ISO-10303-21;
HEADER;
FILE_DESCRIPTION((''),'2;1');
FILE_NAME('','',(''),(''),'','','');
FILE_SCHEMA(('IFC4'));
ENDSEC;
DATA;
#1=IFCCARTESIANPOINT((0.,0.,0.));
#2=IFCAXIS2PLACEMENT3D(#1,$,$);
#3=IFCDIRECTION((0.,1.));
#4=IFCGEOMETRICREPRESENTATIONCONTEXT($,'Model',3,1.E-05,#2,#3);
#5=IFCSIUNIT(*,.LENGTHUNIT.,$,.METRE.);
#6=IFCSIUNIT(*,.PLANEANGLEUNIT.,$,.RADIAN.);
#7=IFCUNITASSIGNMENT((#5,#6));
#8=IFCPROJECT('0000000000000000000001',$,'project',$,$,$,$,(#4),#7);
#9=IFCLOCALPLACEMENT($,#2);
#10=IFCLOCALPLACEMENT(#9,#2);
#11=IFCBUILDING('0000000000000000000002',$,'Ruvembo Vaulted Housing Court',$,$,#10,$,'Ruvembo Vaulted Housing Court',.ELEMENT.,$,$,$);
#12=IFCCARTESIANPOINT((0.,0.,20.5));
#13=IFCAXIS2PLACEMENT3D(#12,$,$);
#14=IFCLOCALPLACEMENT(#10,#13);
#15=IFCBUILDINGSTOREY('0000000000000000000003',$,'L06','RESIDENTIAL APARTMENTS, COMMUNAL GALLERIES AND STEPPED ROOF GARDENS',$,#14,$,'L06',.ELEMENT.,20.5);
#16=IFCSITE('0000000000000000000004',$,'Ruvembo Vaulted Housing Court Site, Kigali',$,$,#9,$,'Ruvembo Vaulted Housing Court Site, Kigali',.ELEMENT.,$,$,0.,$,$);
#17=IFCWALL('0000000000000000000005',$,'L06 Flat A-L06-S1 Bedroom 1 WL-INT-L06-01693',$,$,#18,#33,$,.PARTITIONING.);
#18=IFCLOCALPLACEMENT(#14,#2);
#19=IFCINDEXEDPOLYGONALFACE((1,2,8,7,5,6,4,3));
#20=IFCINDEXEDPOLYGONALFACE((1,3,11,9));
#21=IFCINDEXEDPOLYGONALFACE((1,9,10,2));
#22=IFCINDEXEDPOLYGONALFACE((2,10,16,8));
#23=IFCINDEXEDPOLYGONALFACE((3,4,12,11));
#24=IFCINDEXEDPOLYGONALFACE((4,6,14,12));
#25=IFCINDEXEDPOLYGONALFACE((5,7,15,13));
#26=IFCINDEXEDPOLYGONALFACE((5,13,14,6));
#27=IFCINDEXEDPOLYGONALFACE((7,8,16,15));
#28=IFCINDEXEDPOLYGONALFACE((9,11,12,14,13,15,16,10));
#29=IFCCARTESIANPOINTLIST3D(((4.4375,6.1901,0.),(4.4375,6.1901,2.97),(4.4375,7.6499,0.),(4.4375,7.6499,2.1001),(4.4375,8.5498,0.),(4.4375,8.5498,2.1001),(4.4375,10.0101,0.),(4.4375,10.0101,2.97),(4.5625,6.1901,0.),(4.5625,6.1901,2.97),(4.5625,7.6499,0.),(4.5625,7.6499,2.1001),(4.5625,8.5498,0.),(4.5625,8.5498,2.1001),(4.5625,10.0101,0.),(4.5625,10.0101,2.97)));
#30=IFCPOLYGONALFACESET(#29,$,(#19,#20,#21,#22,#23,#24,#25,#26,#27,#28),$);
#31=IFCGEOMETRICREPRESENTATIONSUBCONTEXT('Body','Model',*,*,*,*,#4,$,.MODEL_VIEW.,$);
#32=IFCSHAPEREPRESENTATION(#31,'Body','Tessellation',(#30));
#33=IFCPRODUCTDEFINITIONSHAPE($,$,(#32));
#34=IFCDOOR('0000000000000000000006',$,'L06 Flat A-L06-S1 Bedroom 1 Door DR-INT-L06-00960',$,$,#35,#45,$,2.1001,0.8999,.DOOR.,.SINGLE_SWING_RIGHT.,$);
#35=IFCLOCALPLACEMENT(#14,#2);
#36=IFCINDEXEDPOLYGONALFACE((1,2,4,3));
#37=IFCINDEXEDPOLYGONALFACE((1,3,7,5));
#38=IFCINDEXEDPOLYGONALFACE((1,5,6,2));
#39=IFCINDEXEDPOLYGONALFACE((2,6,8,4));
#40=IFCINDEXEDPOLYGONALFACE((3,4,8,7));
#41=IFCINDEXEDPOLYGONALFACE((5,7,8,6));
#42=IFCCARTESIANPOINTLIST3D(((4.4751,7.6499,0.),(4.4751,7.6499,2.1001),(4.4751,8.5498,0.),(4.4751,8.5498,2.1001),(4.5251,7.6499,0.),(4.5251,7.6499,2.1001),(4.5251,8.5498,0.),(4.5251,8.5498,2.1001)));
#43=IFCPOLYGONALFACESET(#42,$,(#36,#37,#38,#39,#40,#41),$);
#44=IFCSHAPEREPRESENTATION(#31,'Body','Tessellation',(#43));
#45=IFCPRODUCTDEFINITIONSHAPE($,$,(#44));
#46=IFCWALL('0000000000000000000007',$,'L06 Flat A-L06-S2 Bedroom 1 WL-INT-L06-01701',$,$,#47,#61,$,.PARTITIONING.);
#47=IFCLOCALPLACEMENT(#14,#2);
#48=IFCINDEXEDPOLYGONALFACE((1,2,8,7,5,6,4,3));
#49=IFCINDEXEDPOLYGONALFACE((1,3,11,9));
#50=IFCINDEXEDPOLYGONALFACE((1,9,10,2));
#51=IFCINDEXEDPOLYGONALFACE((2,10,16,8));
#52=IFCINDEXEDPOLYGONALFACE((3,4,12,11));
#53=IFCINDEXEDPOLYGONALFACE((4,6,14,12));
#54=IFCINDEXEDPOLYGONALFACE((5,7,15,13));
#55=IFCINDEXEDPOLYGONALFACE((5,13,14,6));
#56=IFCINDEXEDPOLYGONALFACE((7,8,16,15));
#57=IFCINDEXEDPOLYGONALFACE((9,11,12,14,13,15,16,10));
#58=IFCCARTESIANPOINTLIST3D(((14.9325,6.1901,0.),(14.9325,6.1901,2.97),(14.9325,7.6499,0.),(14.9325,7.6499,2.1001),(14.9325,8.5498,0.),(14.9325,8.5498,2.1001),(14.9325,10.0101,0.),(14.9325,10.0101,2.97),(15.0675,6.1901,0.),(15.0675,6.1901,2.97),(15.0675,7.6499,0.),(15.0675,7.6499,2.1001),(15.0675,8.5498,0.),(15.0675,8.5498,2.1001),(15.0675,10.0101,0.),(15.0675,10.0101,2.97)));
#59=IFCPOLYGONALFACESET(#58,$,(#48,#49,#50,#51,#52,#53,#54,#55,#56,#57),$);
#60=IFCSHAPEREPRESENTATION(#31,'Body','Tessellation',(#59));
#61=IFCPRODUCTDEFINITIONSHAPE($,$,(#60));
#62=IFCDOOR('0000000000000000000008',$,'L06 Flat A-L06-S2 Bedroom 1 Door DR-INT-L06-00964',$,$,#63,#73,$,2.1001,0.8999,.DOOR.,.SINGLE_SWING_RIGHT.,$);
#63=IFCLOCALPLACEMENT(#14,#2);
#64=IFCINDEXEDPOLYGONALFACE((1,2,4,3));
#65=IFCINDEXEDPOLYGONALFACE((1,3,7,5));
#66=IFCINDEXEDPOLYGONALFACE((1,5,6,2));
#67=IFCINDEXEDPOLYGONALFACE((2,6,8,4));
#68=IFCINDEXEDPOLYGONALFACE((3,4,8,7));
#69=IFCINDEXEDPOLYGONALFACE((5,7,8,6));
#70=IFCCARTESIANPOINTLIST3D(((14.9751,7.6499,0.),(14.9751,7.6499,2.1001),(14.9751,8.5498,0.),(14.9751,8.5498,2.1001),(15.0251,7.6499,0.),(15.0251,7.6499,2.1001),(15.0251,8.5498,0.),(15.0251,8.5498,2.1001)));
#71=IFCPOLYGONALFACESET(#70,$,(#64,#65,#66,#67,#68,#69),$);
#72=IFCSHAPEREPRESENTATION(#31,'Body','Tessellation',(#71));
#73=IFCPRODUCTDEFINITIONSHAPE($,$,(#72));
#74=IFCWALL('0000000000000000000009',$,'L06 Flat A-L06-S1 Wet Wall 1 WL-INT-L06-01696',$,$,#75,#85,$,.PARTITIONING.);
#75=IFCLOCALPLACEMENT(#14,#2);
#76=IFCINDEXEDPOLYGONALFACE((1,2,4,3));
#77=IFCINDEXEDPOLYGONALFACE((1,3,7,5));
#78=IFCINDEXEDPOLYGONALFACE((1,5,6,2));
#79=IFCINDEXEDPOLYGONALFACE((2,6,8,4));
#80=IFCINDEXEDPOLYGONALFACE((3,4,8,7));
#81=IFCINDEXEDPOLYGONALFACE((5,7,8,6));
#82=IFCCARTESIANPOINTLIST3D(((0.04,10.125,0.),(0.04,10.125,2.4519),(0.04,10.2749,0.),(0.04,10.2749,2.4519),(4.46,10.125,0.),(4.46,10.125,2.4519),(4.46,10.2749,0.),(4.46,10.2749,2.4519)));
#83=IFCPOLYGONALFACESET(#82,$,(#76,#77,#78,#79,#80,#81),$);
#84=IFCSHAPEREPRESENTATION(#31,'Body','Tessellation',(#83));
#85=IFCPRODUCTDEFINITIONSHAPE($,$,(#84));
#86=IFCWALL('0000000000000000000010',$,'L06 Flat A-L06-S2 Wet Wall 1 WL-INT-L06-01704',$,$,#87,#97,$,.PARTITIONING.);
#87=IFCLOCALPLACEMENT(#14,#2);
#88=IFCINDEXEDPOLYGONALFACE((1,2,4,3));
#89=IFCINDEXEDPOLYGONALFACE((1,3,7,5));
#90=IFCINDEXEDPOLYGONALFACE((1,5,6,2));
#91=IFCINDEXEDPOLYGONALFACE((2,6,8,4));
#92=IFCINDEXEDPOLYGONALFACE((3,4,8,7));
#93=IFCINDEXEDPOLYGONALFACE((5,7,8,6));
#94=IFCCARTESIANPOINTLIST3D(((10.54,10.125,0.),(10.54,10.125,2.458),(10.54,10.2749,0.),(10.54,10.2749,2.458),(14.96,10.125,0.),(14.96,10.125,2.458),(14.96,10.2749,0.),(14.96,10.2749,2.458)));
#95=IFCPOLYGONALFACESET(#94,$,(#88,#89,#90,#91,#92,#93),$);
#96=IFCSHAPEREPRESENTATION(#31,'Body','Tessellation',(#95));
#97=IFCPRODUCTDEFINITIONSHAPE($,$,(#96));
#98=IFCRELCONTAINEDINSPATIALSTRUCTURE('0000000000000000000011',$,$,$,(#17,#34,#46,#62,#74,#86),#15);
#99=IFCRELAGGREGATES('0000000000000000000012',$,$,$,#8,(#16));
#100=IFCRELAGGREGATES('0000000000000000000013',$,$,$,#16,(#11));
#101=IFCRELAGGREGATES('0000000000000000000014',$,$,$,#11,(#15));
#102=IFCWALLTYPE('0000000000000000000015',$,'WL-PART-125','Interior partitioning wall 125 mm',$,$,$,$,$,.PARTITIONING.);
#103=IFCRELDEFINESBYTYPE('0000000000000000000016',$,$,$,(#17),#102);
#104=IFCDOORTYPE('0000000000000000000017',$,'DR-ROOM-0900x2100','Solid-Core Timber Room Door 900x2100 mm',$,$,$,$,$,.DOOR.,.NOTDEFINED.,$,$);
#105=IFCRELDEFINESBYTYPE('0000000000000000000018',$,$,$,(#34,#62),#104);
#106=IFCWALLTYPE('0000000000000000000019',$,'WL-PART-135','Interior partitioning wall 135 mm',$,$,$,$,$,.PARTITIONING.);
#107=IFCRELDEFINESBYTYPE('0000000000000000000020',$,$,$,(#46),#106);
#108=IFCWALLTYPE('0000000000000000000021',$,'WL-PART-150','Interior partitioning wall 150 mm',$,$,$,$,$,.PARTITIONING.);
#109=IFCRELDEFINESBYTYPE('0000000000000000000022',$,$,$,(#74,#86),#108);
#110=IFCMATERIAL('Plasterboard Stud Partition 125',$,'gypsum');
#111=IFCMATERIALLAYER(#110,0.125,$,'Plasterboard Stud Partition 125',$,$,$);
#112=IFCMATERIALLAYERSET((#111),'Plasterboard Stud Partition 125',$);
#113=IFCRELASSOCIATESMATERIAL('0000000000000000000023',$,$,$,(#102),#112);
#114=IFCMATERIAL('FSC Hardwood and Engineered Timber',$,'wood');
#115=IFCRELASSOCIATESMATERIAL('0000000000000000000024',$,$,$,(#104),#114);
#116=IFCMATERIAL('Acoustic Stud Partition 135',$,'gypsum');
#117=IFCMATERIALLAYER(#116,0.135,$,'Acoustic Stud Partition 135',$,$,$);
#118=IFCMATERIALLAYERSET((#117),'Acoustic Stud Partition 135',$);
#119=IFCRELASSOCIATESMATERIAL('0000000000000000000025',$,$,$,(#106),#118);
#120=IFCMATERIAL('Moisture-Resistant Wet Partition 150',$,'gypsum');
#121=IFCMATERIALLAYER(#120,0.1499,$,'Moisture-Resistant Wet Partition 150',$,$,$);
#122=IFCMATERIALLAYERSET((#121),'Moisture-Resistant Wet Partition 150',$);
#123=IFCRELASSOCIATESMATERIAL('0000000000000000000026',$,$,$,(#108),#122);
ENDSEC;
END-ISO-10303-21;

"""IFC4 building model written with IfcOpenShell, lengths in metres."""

from ifc_helpers import new_model, si_unit, direction, frame, frame_2d, origin, place, context, subcontext, project, spatial, rectangle, extrude, material, layer, layer_set, type_object, element, fill, save


model = new_model("IFC4")

# Units and contexts
model_context = context("Model", 3, precision=1e-05, world=origin(), true_north=direction((0.0, 1.0)))
body_context = subcontext(model_context, "Body", "Model", "MODEL_VIEW")
ifc_project = project(units=[si_unit("LENGTHUNIT", "METRE"), si_unit("PLANEANGLEUNIT", "RADIAN")], contexts=[model_context])

# Site, building, storey
site_placement = place(None, origin())
site = spatial("IfcSite", under=ifc_project, at=site_placement, Name="Ruvembo Vaulted Housing Court Site, Kigali", LongName="Ruvembo Vaulted Housing Court Site, Kigali", CompositionType="ELEMENT", RefElevation=0.0)
building_placement = place(site_placement, origin())
building = spatial("IfcBuilding", under=site, at=building_placement, Name="Ruvembo Vaulted Housing Court", LongName="Ruvembo Vaulted Housing Court", CompositionType="ELEMENT")
storey_placement = place(building_placement, frame((0.0, 0.0, 20.5)))
storey = spatial("IfcBuildingStorey", under=building, at=storey_placement, Name="L06", Description="RESIDENTIAL APARTMENTS, COMMUNAL GALLERIES AND STEPPED ROOF GARDENS", LongName="L06", CompositionType="ELEMENT", Elevation=20.5)

# Walls, openings, doors
ifc_material_1 = material(Name="Plasterboard Stud Partition 125", Category="gypsum")
ifc_layer_1 = layer(ifc_material_1, 0.125, Name="Plasterboard Stud Partition 125")
ifc_layer_set_1 = layer_set([ifc_layer_1], Name="Plasterboard Stud Partition 125")
wall_type_1 = type_object("IfcWallType", Name="WL-PART-125", Description="Interior partitioning wall 125 mm", PredefinedType="PARTITIONING", material=ifc_layer_set_1)
wall_1_placement = place(storey_placement, frame((4.5, 6.1899, 0.0), z_axis=(0.0, 0.0, 1.0), x_axis=(0.0, 1.0, 0.0)))
wall_1 = element("IfcWall", 1, at=wall_1_placement, inside=storey, type_object=wall_type_1, Name="L06 Flat A-L06-S1 Bedroom 1 WL-INT-L06-01693", PredefinedType="PARTITIONING", context=body_context, shape_type="SweptSolid", body=[
    extrude(rectangle(XDim=3.8201, YDim=0.125, at=frame_2d((1.9102, 0.0))), origin(), (0.0, 0.0, 1.0), 2.97),
])
opening_1_placement = place(wall_1_placement, frame((1.46, 0.0, 0.0)))
opening_1 = element("IfcOpeningElement", 2, at=opening_1_placement, cuts=wall_1, PredefinedType="OPENING", context=body_context, shape_type="SweptSolid", body=[
    extrude(rectangle(XDim=0.8999, YDim=2.1001, at=frame_2d((0.45, 1.05))), frame((0.0, 0.0725, 0.0), z_axis=(0.0, -1.0, 0.0), x_axis=(1.0, 0.0, 0.0)), (0.0, 0.0, 1.0), 0.145),
])
ifc_material_2 = material(Name="FSC Hardwood and Engineered Timber", Category="wood")
door_type = type_object("IfcDoorType", Name="DR-ROOM-0900x2100", Description="Solid-Core Timber Room Door 900x2100 mm", OperationType="NOTDEFINED", PredefinedType="DOOR", material=ifc_material_2)
door_1_placement = place(opening_1_placement, origin())
door_1 = element("IfcDoor", 3, at=door_1_placement, inside=storey, type_object=door_type, Name="L06 Flat A-L06-S1 Bedroom 1 Door DR-INT-L06-00960", OperationType="SINGLE_SWING_RIGHT", OverallHeight=2.1001, OverallWidth=0.8999, PredefinedType="DOOR", context=body_context, shape_type="SweptSolid", body=[
    extrude(rectangle(XDim=0.8999, YDim=2.1001, at=frame_2d((0.45, 1.05))), frame((0.0, 0.0249, 0.0), z_axis=(0.0, -1.0, 0.0), x_axis=(1.0, 0.0, 0.0)), (0.0, 0.0, 1.0), 0.05),
])
fill(opening_1, door_1)
ifc_material_3 = material(Name="Acoustic Stud Partition 135", Category="gypsum")
ifc_layer_2 = layer(ifc_material_3, 0.135, Name="Acoustic Stud Partition 135")
ifc_layer_set_2 = layer_set([ifc_layer_2], Name="Acoustic Stud Partition 135")
wall_type_2 = type_object("IfcWallType", Name="WL-PART-135", Description="Interior partitioning wall 135 mm", PredefinedType="PARTITIONING", material=ifc_layer_set_2)
wall_2_placement = place(storey_placement, frame((15.0, 6.1899, 0.0), z_axis=(0.0, 0.0, 1.0), x_axis=(0.0, 1.0, 0.0)))
wall_2 = element("IfcWall", 4, at=wall_2_placement, inside=storey, type_object=wall_type_2, Name="L06 Flat A-L06-S2 Bedroom 1 WL-INT-L06-01701", PredefinedType="PARTITIONING", context=body_context, shape_type="SweptSolid", body=[
    extrude(rectangle(XDim=3.8201, YDim=0.135, at=frame_2d((1.9102, 0.0))), origin(), (0.0, 0.0, 1.0), 2.97),
])
opening_2_placement = place(wall_2_placement, frame((1.46, 0.0, 0.0)))
opening_2 = element("IfcOpeningElement", 5, at=opening_2_placement, cuts=wall_2, PredefinedType="OPENING", context=body_context, shape_type="SweptSolid", body=[
    extrude(rectangle(XDim=0.8999, YDim=2.1001, at=frame_2d((0.45, 1.05))), frame((0.0, 0.0774, 0.0), z_axis=(0.0, -1.0, 0.0), x_axis=(1.0, 0.0, 0.0)), (0.0, 0.0, 1.0), 0.155),
])
door_2_placement = place(opening_2_placement, origin())
door_2 = element("IfcDoor", 6, at=door_2_placement, inside=storey, type_object=door_type, Name="L06 Flat A-L06-S2 Bedroom 1 Door DR-INT-L06-00964", OperationType="SINGLE_SWING_RIGHT", OverallHeight=2.1001, OverallWidth=0.8999, PredefinedType="DOOR", context=body_context, shape_type="SweptSolid", body=[
    extrude(rectangle(XDim=0.8999, YDim=2.1001, at=frame_2d((0.45, 1.05))), frame((0.0, 0.0249, 0.0), z_axis=(0.0, -1.0, 0.0), x_axis=(1.0, 0.0, 0.0)), (0.0, 0.0, 1.0), 0.05),
])
fill(opening_2, door_2)

# Walls
ifc_material_4 = material(Name="Moisture-Resistant Wet Partition 150", Category="gypsum")
ifc_layer_3 = layer(ifc_material_4, 0.1499, Name="Moisture-Resistant Wet Partition 150")
ifc_layer_set_3 = layer_set([ifc_layer_3], Name="Moisture-Resistant Wet Partition 150")
wall_type_3 = type_object("IfcWallType", Name="WL-PART-150", Description="Interior partitioning wall 150 mm", PredefinedType="PARTITIONING", material=ifc_layer_set_3)
wall_3_placement = place(storey_placement, frame((0.04, 10.2, 0.0), z_axis=(0.0, 0.0, 1.0), x_axis=(1.0, 0.0, 0.0)))
element("IfcWall", 7, at=wall_3_placement, inside=storey, type_object=wall_type_3, Name="L06 Flat A-L06-S1 Wet Wall 1 WL-INT-L06-01696", PredefinedType="PARTITIONING", context=body_context, shape_type="SweptSolid", body=[
    extrude(rectangle(XDim=4.4199, YDim=0.1499, at=frame_2d((2.21, 0.0))), origin(), (0.0, 0.0, 1.0), 2.4519),
])
wall_4_placement = place(storey_placement, frame((10.54, 10.2, 0.0), z_axis=(0.0, 0.0, 1.0), x_axis=(1.0, 0.0, 0.0)))
element("IfcWall", 8, at=wall_4_placement, inside=storey, type_object=wall_type_3, Name="L06 Flat A-L06-S2 Wet Wall 1 WL-INT-L06-01704", PredefinedType="PARTITIONING", context=body_context, shape_type="SweptSolid", body=[
    extrude(rectangle(XDim=4.4199, YDim=0.1499, at=frame_2d((2.21, 0.0))), origin(), (0.0, 0.0, 1.0), 2.458),
])

save(model, "model.ifc")
